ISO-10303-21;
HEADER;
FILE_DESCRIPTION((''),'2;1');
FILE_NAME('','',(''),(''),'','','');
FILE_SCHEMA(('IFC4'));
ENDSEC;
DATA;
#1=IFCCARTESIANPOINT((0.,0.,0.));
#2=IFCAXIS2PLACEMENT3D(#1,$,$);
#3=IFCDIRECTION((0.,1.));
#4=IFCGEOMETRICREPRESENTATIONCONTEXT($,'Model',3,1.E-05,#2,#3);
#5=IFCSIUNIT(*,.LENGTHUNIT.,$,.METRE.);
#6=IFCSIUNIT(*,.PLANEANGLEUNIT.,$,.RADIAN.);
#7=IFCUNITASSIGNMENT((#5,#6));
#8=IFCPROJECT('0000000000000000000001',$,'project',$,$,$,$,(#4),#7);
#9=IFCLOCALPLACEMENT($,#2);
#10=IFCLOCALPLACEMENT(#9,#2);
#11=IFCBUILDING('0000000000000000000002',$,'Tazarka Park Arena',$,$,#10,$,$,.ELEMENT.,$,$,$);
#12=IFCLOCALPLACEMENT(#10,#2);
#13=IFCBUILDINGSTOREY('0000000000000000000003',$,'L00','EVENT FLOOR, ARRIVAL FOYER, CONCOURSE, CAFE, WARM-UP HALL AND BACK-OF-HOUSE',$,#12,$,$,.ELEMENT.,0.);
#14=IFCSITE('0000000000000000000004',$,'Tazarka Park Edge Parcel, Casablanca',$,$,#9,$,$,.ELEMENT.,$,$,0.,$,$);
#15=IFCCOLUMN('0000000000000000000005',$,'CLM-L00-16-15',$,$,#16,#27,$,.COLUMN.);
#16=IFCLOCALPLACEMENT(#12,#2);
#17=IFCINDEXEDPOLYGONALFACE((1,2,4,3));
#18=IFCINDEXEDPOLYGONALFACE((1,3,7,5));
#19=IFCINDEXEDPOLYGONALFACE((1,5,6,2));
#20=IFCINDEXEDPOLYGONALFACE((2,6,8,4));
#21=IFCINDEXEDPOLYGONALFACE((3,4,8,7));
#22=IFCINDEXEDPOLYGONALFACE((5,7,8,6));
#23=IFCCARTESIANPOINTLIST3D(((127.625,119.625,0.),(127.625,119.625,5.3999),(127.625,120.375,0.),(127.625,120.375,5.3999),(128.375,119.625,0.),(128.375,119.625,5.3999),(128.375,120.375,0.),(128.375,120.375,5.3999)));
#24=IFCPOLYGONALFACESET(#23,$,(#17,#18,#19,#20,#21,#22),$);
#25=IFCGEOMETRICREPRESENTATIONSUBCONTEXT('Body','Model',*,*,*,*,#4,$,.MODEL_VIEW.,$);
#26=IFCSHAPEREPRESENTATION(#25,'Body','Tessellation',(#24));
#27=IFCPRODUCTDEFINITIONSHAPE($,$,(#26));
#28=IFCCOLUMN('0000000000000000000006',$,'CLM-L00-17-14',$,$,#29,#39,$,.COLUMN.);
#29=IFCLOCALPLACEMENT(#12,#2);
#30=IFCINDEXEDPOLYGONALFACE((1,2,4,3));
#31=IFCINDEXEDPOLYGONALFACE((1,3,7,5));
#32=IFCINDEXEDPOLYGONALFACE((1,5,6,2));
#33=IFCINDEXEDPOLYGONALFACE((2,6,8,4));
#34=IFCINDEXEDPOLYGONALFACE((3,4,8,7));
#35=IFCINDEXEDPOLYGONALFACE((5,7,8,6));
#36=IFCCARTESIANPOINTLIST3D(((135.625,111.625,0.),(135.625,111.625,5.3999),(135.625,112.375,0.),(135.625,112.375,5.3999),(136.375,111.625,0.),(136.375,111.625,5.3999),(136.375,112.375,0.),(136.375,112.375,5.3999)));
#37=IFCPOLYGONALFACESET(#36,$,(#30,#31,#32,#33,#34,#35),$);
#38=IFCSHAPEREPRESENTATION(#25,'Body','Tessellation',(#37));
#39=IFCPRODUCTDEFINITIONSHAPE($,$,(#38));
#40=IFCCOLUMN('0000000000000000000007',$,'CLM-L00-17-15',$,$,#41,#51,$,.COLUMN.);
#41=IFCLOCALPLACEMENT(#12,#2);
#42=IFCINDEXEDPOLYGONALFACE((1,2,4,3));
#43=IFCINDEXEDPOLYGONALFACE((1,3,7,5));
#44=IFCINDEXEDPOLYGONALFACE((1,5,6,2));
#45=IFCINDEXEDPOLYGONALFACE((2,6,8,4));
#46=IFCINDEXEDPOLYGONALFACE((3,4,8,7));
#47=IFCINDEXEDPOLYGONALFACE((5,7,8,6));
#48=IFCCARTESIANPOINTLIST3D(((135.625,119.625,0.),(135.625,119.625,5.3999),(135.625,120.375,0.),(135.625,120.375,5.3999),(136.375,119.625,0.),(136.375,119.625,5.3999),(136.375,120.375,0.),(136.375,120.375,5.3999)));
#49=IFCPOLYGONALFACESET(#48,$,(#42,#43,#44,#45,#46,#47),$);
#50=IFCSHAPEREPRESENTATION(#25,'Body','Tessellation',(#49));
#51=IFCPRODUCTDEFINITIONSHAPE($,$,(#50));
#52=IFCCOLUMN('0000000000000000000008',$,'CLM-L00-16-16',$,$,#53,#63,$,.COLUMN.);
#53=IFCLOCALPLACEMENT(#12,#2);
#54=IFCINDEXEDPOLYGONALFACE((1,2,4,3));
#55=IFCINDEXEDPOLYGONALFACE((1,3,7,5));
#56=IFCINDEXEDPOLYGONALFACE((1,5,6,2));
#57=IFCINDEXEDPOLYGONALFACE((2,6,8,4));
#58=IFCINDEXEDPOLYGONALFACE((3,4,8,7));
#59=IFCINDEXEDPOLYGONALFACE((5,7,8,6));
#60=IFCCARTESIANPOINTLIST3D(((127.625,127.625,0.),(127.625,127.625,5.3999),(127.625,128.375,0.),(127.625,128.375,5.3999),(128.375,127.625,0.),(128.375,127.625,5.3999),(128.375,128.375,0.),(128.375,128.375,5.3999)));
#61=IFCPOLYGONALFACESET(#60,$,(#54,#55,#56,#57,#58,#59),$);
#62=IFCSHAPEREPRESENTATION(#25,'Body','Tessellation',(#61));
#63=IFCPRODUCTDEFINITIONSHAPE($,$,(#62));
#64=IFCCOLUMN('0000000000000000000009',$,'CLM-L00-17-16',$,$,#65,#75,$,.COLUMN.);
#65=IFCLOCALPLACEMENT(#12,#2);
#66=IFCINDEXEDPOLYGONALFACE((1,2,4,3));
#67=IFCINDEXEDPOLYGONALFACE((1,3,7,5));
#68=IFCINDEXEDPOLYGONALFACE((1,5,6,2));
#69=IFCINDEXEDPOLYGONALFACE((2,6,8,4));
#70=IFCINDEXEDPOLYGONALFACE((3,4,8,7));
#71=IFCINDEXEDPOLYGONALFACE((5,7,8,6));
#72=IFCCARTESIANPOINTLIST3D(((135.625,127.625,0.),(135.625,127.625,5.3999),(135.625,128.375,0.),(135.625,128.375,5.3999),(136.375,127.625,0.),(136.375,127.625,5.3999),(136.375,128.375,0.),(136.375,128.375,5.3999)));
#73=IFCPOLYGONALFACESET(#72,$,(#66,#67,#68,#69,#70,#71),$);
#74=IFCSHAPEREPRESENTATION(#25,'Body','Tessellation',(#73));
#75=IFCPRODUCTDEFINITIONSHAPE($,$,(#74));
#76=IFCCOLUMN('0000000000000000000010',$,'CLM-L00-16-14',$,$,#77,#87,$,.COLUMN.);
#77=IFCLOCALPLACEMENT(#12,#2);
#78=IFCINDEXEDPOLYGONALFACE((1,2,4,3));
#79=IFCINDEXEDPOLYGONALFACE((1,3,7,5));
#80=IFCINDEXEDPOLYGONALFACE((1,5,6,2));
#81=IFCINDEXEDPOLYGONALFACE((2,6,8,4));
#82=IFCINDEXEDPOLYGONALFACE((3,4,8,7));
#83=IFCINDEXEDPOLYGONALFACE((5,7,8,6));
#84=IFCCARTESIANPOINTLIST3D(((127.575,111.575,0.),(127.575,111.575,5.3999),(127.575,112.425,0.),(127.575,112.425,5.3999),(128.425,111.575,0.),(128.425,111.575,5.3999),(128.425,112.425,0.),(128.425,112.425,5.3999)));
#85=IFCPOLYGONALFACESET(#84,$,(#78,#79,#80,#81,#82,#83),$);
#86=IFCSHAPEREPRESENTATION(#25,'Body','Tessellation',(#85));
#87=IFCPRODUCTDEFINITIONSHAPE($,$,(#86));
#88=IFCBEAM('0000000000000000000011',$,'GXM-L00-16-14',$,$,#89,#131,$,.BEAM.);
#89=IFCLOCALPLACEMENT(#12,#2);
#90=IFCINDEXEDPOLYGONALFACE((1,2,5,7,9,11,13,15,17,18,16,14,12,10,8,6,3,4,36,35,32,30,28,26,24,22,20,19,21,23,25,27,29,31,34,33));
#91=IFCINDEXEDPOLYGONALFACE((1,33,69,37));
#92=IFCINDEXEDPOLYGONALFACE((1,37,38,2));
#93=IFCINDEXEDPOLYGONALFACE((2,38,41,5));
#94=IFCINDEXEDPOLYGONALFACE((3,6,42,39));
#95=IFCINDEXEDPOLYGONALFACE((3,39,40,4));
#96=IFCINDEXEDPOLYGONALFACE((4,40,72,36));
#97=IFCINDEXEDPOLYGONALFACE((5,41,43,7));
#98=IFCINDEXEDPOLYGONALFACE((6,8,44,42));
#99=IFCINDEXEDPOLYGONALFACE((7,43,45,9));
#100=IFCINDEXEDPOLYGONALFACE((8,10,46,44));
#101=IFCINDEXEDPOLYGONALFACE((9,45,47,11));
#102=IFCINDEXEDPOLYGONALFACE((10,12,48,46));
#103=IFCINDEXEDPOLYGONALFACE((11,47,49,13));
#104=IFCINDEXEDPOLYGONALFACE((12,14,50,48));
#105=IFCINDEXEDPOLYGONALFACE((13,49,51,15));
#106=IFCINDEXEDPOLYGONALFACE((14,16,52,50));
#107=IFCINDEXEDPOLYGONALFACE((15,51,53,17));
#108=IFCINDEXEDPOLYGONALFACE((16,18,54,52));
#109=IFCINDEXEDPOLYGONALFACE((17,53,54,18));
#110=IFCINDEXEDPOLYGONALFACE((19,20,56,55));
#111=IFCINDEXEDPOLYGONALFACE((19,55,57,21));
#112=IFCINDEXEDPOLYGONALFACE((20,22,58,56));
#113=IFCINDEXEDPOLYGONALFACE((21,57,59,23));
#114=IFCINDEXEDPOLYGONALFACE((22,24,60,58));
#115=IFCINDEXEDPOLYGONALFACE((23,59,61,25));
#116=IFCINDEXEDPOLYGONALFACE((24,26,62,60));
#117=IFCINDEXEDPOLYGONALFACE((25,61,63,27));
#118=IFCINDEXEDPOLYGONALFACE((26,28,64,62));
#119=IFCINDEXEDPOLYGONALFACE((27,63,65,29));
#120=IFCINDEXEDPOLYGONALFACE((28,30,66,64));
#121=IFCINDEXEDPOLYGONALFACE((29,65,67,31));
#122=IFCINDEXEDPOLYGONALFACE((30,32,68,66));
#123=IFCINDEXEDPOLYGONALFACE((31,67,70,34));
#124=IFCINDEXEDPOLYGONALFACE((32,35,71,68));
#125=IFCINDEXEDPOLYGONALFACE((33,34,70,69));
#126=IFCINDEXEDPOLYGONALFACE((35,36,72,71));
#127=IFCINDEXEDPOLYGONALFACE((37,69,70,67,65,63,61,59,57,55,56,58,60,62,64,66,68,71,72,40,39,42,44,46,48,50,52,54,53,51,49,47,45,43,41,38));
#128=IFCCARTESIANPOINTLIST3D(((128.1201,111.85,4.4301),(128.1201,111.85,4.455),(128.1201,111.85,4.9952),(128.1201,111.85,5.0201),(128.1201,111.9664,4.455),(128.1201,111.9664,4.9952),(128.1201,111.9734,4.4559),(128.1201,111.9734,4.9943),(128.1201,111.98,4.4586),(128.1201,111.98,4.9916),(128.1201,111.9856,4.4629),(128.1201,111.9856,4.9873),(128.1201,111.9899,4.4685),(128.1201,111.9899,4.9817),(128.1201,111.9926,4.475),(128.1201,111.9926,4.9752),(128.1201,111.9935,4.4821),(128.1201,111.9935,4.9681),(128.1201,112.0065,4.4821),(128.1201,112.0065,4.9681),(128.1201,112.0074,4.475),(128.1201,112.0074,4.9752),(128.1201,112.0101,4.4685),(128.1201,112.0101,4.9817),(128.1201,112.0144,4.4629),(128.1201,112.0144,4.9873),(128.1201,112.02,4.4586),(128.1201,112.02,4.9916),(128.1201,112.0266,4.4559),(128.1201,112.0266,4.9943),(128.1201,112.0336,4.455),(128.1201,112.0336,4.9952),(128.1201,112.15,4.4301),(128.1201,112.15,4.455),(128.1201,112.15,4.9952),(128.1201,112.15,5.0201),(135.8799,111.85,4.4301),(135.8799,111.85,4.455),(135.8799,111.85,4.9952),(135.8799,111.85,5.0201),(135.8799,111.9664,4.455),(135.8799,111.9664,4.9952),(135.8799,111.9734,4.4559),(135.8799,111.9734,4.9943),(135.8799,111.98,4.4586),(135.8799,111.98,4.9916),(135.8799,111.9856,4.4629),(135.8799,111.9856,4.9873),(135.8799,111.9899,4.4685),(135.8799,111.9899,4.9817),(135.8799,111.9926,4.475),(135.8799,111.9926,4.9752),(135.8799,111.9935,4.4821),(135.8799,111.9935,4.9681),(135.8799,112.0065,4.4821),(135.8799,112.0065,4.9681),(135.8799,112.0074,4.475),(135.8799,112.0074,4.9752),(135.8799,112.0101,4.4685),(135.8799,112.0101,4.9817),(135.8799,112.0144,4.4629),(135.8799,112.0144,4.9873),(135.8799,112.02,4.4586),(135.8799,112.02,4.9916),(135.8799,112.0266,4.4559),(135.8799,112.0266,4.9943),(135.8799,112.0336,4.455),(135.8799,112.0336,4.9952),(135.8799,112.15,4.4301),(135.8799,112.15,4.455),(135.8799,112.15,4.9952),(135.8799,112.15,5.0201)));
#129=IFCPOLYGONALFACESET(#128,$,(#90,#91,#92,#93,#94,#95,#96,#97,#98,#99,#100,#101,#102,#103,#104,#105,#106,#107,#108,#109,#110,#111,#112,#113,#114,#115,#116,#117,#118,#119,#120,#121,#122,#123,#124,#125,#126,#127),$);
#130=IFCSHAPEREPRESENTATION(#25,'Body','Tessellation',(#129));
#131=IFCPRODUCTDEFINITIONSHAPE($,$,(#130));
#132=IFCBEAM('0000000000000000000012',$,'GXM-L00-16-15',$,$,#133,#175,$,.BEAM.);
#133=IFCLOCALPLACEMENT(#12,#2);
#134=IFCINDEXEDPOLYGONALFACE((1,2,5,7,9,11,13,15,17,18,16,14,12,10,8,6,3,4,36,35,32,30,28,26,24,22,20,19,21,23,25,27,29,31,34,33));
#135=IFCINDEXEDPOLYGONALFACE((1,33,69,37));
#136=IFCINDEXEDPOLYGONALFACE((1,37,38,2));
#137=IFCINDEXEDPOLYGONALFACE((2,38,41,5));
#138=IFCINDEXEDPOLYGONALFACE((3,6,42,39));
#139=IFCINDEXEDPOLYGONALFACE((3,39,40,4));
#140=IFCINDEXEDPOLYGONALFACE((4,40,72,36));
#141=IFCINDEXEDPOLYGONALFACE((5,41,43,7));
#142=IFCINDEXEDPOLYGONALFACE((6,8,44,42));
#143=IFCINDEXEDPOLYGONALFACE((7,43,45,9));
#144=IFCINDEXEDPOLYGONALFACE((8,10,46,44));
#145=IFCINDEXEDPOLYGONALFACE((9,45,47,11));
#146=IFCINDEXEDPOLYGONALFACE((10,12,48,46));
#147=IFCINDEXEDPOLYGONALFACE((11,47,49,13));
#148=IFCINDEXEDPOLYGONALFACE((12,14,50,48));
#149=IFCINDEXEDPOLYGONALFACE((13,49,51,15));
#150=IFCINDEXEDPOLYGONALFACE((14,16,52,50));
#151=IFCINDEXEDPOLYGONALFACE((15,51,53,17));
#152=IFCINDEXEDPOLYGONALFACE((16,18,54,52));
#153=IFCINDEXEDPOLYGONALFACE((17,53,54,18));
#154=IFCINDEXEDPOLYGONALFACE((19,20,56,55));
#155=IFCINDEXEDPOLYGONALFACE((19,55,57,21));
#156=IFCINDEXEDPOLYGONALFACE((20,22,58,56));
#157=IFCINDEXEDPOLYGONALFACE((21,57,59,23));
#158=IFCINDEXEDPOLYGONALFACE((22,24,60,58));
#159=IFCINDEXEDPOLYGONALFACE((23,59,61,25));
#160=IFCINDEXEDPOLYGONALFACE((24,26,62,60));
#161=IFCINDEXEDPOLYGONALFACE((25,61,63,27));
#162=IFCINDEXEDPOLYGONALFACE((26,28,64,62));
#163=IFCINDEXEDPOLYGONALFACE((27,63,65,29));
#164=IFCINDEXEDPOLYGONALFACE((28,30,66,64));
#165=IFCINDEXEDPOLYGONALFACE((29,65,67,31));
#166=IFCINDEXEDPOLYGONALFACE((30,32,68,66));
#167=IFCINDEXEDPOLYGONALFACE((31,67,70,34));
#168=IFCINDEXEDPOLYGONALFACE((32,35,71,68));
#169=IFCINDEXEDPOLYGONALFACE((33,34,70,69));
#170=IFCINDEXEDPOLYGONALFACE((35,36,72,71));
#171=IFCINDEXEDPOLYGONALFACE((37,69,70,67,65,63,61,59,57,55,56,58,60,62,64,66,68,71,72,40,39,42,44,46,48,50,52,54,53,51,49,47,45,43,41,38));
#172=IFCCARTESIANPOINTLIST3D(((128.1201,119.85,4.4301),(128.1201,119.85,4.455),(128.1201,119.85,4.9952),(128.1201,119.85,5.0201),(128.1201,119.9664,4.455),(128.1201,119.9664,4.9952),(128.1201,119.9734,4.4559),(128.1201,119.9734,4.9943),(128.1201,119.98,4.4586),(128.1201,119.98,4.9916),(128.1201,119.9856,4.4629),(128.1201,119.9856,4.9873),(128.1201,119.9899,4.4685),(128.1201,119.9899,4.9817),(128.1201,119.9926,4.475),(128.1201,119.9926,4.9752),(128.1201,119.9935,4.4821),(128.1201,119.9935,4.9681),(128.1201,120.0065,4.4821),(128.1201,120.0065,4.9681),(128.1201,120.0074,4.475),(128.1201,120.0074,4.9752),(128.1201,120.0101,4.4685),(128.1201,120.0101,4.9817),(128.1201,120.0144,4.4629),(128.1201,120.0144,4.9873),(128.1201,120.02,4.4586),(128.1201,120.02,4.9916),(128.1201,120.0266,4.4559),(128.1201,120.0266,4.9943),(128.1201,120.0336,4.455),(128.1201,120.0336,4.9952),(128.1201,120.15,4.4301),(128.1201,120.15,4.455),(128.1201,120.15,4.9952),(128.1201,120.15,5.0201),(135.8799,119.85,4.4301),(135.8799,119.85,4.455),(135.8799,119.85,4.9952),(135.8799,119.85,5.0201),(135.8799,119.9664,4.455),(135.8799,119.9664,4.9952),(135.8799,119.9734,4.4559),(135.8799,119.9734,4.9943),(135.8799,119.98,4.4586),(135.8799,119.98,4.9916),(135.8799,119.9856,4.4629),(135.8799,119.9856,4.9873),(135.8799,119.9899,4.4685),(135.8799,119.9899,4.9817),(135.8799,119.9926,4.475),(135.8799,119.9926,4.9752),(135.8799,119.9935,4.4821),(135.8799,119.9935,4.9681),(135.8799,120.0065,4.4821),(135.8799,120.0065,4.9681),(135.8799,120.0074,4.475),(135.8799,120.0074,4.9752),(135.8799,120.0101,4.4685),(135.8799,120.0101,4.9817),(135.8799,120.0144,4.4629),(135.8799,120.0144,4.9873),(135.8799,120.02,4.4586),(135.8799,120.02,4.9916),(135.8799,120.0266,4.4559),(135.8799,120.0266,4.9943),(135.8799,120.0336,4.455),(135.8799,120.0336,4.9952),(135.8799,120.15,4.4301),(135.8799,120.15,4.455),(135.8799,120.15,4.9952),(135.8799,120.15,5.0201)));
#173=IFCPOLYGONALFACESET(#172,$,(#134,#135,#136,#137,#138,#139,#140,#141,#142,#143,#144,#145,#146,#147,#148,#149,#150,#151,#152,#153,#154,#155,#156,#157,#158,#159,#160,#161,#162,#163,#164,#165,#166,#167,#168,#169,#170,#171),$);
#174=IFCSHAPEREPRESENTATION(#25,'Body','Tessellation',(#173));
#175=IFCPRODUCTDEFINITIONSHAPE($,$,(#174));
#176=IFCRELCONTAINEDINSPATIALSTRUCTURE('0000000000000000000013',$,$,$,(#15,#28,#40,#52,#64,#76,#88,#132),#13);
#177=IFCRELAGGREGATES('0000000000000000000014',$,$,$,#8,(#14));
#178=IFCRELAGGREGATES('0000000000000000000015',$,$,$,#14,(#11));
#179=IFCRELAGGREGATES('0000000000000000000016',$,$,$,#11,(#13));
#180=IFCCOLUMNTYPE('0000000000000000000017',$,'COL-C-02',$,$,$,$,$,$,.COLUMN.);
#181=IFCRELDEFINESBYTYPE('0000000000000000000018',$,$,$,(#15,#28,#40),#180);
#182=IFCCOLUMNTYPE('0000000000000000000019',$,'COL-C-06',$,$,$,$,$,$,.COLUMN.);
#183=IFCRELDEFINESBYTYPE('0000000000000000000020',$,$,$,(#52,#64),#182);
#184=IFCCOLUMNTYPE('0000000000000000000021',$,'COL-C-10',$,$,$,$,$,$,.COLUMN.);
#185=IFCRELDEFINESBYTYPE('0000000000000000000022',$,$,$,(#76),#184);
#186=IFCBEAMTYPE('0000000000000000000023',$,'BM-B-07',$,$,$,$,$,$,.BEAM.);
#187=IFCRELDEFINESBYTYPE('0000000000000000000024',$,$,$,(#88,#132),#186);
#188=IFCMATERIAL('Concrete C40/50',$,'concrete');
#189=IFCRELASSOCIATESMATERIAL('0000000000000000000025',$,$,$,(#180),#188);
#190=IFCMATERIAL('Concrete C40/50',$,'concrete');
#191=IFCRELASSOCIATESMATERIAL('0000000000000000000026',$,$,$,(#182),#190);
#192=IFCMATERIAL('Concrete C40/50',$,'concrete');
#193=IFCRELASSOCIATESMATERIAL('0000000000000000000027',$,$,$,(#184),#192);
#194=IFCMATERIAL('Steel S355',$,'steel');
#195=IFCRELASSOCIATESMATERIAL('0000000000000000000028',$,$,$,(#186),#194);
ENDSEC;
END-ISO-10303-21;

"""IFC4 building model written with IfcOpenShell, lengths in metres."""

from ifc_helpers import new_model, si_unit, direction, frame, origin, origin_2d, place, context, subcontext, project, spatial, rectangle, i_section, extrude, material, material_profile, profile_set, type_object, element, save


model = new_model("IFC4")

# Units and contexts
model_context = context("Model", 3, precision=1e-05, world=origin(), true_north=direction((0.0, 1.0)))
body_context = subcontext(model_context, "Body", "Model", "MODEL_VIEW")
ifc_project = project(units=[si_unit("LENGTHUNIT", "METRE"), si_unit("PLANEANGLEUNIT", "RADIAN")], contexts=[model_context])

# Site, building, storey
site_placement = place(None, origin())
site = spatial("IfcSite", under=ifc_project, at=site_placement, Name="Tazarka Park Edge Parcel, Casablanca", CompositionType="ELEMENT", RefElevation=0.0)
building_placement = place(site_placement, origin())
building = spatial("IfcBuilding", under=site, at=building_placement, Name="Tazarka Park Arena", CompositionType="ELEMENT")
storey_placement = place(building_placement, origin())
storey = spatial("IfcBuildingStorey", under=building, at=storey_placement, Name="L00", Description="EVENT FLOOR, ARRIVAL FOYER, CONCOURSE, CAFE, WARM-UP HALL AND BACK-OF-HOUSE", CompositionType="ELEMENT", Elevation=0.0)

# Columns
ifc_material_1 = material(Name="Concrete C40/50", Category="concrete")
ifc_material_profile_1 = material_profile(ifc_material_1, rectangle(XDim=0.75, YDim=0.75, at=origin_2d()), Name="Concrete C40/50")
ifc_profile_set_1 = profile_set([ifc_material_profile_1], Name="Concrete C40/50")
column_type_1 = type_object("IfcColumnType", Name="COL-C-02", PredefinedType="COLUMN", material=ifc_profile_set_1)
for number, where, z_axis, x_axis, name in (
    (1, (128.0, 120.0, 0.0), (0.0, 0.0, 1.0), (1.0, 0.0, 0.0), "CLM-L00-16-15"),
    (2, (136.0, 112.0, 0.0), (0.0, 0.0, 1.0), (1.0, 0.0, 0.0), "CLM-L00-17-14"),
    (3, (136.0, 120.0, 0.0), (0.0, 0.0, 1.0), (1.0, 0.0, 0.0), "CLM-L00-17-15"),
):
    element("IfcColumn", number, at=place(storey_placement, frame(where, z_axis=z_axis, x_axis=x_axis)), inside=storey, type_object=column_type_1, Name=name, PredefinedType="COLUMN", context=body_context, shape_type="SweptSolid", body=[
        extrude(rectangle(XDim=0.75, YDim=0.75, at=origin_2d()), origin(), (0.0, 0.0, 1.0), 5.3999),
    ])
ifc_material_2 = material(Name="Concrete C40/50", Category="concrete")
ifc_material_profile_2 = material_profile(ifc_material_2, rectangle(XDim=0.75, YDim=0.75, at=origin_2d()), Name="Concrete C40/50")
ifc_profile_set_2 = profile_set([ifc_material_profile_2], Name="Concrete C40/50")
column_type_2 = type_object("IfcColumnType", Name="COL-C-06", PredefinedType="COLUMN", material=ifc_profile_set_2)
for number, where, z_axis, x_axis, name in (
    (4, (128.0, 128.0, 0.0), (0.0, 0.0, 1.0), (1.0, 0.0, 0.0), "CLM-L00-16-16"),
    (5, (136.0, 128.0, 0.0), (0.0, 0.0, 1.0), (1.0, 0.0, 0.0), "CLM-L00-17-16"),
):
    element("IfcColumn", number, at=place(storey_placement, frame(where, z_axis=z_axis, x_axis=x_axis)), inside=storey, type_object=column_type_2, Name=name, PredefinedType="COLUMN", context=body_context, shape_type="SweptSolid", body=[
        extrude(rectangle(XDim=0.75, YDim=0.75, at=origin_2d()), origin(), (0.0, 0.0, 1.0), 5.3999),
    ])
ifc_material_3 = material(Name="Concrete C40/50", Category="concrete")
ifc_material_profile_3 = material_profile(ifc_material_3, rectangle(XDim=0.8501, YDim=0.8501, at=origin_2d()), Name="Concrete C40/50")
ifc_profile_set_3 = profile_set([ifc_material_profile_3], Name="Concrete C40/50")
column_type_3 = type_object("IfcColumnType", Name="COL-C-10", PredefinedType="COLUMN", material=ifc_profile_set_3)
column_placement = place(storey_placement, frame((128.0, 112.0, 0.0), z_axis=(0.0, 0.0, 1.0), x_axis=(1.0, 0.0, 0.0)))
element("IfcColumn", 6, at=column_placement, inside=storey, type_object=column_type_3, Name="CLM-L00-16-14", PredefinedType="COLUMN", context=body_context, shape_type="SweptSolid", body=[
    extrude(rectangle(XDim=0.8501, YDim=0.8501, at=origin_2d()), origin(), (0.0, 0.0, 1.0), 5.3999),
])

# Beams
ifc_material_4 = material(Name="Steel S355", Category="steel")
ifc_material_profile_4 = material_profile(ifc_material_4, i_section(OverallWidth=0.3, OverallDepth=0.5901, WebThickness=0.0129, FlangeThickness=0.0249, FilletRadius=0.0271, at=origin_2d()), Name="Steel S355")
ifc_profile_set_4 = profile_set([ifc_material_profile_4], Name="Steel S355")
beam_type_1 = type_object("IfcBeamType", Name="BM-B-07", PredefinedType="BEAM", material=ifc_profile_set_4)
for number, where, z_axis, x_axis, name in (
    (7, (128.1201, 112.0, 4.7251), (1.0, 0.0, 0.0), (0.0, 1.0, 0.0), "GXM-L00-16-14"),
    (8, (128.1201, 120.0, 4.7251), (1.0, 0.0, 0.0), (0.0, 1.0, 0.0), "GXM-L00-16-15"),
):
    element("IfcBeam", number, at=place(storey_placement, frame(where, z_axis=z_axis, x_axis=x_axis)), inside=storey, type_object=beam_type_1, Name=name, PredefinedType="BEAM", context=body_context, shape_type="SweptSolid", body=[
        extrude(i_section(OverallWidth=0.3, OverallDepth=0.5901, WebThickness=0.0129, FlangeThickness=0.0249, FilletRadius=0.0271, at=origin_2d()), origin(), (0.0, 0.0, 1.0), 7.7598),
    ])

save(model, "model.ifc")
